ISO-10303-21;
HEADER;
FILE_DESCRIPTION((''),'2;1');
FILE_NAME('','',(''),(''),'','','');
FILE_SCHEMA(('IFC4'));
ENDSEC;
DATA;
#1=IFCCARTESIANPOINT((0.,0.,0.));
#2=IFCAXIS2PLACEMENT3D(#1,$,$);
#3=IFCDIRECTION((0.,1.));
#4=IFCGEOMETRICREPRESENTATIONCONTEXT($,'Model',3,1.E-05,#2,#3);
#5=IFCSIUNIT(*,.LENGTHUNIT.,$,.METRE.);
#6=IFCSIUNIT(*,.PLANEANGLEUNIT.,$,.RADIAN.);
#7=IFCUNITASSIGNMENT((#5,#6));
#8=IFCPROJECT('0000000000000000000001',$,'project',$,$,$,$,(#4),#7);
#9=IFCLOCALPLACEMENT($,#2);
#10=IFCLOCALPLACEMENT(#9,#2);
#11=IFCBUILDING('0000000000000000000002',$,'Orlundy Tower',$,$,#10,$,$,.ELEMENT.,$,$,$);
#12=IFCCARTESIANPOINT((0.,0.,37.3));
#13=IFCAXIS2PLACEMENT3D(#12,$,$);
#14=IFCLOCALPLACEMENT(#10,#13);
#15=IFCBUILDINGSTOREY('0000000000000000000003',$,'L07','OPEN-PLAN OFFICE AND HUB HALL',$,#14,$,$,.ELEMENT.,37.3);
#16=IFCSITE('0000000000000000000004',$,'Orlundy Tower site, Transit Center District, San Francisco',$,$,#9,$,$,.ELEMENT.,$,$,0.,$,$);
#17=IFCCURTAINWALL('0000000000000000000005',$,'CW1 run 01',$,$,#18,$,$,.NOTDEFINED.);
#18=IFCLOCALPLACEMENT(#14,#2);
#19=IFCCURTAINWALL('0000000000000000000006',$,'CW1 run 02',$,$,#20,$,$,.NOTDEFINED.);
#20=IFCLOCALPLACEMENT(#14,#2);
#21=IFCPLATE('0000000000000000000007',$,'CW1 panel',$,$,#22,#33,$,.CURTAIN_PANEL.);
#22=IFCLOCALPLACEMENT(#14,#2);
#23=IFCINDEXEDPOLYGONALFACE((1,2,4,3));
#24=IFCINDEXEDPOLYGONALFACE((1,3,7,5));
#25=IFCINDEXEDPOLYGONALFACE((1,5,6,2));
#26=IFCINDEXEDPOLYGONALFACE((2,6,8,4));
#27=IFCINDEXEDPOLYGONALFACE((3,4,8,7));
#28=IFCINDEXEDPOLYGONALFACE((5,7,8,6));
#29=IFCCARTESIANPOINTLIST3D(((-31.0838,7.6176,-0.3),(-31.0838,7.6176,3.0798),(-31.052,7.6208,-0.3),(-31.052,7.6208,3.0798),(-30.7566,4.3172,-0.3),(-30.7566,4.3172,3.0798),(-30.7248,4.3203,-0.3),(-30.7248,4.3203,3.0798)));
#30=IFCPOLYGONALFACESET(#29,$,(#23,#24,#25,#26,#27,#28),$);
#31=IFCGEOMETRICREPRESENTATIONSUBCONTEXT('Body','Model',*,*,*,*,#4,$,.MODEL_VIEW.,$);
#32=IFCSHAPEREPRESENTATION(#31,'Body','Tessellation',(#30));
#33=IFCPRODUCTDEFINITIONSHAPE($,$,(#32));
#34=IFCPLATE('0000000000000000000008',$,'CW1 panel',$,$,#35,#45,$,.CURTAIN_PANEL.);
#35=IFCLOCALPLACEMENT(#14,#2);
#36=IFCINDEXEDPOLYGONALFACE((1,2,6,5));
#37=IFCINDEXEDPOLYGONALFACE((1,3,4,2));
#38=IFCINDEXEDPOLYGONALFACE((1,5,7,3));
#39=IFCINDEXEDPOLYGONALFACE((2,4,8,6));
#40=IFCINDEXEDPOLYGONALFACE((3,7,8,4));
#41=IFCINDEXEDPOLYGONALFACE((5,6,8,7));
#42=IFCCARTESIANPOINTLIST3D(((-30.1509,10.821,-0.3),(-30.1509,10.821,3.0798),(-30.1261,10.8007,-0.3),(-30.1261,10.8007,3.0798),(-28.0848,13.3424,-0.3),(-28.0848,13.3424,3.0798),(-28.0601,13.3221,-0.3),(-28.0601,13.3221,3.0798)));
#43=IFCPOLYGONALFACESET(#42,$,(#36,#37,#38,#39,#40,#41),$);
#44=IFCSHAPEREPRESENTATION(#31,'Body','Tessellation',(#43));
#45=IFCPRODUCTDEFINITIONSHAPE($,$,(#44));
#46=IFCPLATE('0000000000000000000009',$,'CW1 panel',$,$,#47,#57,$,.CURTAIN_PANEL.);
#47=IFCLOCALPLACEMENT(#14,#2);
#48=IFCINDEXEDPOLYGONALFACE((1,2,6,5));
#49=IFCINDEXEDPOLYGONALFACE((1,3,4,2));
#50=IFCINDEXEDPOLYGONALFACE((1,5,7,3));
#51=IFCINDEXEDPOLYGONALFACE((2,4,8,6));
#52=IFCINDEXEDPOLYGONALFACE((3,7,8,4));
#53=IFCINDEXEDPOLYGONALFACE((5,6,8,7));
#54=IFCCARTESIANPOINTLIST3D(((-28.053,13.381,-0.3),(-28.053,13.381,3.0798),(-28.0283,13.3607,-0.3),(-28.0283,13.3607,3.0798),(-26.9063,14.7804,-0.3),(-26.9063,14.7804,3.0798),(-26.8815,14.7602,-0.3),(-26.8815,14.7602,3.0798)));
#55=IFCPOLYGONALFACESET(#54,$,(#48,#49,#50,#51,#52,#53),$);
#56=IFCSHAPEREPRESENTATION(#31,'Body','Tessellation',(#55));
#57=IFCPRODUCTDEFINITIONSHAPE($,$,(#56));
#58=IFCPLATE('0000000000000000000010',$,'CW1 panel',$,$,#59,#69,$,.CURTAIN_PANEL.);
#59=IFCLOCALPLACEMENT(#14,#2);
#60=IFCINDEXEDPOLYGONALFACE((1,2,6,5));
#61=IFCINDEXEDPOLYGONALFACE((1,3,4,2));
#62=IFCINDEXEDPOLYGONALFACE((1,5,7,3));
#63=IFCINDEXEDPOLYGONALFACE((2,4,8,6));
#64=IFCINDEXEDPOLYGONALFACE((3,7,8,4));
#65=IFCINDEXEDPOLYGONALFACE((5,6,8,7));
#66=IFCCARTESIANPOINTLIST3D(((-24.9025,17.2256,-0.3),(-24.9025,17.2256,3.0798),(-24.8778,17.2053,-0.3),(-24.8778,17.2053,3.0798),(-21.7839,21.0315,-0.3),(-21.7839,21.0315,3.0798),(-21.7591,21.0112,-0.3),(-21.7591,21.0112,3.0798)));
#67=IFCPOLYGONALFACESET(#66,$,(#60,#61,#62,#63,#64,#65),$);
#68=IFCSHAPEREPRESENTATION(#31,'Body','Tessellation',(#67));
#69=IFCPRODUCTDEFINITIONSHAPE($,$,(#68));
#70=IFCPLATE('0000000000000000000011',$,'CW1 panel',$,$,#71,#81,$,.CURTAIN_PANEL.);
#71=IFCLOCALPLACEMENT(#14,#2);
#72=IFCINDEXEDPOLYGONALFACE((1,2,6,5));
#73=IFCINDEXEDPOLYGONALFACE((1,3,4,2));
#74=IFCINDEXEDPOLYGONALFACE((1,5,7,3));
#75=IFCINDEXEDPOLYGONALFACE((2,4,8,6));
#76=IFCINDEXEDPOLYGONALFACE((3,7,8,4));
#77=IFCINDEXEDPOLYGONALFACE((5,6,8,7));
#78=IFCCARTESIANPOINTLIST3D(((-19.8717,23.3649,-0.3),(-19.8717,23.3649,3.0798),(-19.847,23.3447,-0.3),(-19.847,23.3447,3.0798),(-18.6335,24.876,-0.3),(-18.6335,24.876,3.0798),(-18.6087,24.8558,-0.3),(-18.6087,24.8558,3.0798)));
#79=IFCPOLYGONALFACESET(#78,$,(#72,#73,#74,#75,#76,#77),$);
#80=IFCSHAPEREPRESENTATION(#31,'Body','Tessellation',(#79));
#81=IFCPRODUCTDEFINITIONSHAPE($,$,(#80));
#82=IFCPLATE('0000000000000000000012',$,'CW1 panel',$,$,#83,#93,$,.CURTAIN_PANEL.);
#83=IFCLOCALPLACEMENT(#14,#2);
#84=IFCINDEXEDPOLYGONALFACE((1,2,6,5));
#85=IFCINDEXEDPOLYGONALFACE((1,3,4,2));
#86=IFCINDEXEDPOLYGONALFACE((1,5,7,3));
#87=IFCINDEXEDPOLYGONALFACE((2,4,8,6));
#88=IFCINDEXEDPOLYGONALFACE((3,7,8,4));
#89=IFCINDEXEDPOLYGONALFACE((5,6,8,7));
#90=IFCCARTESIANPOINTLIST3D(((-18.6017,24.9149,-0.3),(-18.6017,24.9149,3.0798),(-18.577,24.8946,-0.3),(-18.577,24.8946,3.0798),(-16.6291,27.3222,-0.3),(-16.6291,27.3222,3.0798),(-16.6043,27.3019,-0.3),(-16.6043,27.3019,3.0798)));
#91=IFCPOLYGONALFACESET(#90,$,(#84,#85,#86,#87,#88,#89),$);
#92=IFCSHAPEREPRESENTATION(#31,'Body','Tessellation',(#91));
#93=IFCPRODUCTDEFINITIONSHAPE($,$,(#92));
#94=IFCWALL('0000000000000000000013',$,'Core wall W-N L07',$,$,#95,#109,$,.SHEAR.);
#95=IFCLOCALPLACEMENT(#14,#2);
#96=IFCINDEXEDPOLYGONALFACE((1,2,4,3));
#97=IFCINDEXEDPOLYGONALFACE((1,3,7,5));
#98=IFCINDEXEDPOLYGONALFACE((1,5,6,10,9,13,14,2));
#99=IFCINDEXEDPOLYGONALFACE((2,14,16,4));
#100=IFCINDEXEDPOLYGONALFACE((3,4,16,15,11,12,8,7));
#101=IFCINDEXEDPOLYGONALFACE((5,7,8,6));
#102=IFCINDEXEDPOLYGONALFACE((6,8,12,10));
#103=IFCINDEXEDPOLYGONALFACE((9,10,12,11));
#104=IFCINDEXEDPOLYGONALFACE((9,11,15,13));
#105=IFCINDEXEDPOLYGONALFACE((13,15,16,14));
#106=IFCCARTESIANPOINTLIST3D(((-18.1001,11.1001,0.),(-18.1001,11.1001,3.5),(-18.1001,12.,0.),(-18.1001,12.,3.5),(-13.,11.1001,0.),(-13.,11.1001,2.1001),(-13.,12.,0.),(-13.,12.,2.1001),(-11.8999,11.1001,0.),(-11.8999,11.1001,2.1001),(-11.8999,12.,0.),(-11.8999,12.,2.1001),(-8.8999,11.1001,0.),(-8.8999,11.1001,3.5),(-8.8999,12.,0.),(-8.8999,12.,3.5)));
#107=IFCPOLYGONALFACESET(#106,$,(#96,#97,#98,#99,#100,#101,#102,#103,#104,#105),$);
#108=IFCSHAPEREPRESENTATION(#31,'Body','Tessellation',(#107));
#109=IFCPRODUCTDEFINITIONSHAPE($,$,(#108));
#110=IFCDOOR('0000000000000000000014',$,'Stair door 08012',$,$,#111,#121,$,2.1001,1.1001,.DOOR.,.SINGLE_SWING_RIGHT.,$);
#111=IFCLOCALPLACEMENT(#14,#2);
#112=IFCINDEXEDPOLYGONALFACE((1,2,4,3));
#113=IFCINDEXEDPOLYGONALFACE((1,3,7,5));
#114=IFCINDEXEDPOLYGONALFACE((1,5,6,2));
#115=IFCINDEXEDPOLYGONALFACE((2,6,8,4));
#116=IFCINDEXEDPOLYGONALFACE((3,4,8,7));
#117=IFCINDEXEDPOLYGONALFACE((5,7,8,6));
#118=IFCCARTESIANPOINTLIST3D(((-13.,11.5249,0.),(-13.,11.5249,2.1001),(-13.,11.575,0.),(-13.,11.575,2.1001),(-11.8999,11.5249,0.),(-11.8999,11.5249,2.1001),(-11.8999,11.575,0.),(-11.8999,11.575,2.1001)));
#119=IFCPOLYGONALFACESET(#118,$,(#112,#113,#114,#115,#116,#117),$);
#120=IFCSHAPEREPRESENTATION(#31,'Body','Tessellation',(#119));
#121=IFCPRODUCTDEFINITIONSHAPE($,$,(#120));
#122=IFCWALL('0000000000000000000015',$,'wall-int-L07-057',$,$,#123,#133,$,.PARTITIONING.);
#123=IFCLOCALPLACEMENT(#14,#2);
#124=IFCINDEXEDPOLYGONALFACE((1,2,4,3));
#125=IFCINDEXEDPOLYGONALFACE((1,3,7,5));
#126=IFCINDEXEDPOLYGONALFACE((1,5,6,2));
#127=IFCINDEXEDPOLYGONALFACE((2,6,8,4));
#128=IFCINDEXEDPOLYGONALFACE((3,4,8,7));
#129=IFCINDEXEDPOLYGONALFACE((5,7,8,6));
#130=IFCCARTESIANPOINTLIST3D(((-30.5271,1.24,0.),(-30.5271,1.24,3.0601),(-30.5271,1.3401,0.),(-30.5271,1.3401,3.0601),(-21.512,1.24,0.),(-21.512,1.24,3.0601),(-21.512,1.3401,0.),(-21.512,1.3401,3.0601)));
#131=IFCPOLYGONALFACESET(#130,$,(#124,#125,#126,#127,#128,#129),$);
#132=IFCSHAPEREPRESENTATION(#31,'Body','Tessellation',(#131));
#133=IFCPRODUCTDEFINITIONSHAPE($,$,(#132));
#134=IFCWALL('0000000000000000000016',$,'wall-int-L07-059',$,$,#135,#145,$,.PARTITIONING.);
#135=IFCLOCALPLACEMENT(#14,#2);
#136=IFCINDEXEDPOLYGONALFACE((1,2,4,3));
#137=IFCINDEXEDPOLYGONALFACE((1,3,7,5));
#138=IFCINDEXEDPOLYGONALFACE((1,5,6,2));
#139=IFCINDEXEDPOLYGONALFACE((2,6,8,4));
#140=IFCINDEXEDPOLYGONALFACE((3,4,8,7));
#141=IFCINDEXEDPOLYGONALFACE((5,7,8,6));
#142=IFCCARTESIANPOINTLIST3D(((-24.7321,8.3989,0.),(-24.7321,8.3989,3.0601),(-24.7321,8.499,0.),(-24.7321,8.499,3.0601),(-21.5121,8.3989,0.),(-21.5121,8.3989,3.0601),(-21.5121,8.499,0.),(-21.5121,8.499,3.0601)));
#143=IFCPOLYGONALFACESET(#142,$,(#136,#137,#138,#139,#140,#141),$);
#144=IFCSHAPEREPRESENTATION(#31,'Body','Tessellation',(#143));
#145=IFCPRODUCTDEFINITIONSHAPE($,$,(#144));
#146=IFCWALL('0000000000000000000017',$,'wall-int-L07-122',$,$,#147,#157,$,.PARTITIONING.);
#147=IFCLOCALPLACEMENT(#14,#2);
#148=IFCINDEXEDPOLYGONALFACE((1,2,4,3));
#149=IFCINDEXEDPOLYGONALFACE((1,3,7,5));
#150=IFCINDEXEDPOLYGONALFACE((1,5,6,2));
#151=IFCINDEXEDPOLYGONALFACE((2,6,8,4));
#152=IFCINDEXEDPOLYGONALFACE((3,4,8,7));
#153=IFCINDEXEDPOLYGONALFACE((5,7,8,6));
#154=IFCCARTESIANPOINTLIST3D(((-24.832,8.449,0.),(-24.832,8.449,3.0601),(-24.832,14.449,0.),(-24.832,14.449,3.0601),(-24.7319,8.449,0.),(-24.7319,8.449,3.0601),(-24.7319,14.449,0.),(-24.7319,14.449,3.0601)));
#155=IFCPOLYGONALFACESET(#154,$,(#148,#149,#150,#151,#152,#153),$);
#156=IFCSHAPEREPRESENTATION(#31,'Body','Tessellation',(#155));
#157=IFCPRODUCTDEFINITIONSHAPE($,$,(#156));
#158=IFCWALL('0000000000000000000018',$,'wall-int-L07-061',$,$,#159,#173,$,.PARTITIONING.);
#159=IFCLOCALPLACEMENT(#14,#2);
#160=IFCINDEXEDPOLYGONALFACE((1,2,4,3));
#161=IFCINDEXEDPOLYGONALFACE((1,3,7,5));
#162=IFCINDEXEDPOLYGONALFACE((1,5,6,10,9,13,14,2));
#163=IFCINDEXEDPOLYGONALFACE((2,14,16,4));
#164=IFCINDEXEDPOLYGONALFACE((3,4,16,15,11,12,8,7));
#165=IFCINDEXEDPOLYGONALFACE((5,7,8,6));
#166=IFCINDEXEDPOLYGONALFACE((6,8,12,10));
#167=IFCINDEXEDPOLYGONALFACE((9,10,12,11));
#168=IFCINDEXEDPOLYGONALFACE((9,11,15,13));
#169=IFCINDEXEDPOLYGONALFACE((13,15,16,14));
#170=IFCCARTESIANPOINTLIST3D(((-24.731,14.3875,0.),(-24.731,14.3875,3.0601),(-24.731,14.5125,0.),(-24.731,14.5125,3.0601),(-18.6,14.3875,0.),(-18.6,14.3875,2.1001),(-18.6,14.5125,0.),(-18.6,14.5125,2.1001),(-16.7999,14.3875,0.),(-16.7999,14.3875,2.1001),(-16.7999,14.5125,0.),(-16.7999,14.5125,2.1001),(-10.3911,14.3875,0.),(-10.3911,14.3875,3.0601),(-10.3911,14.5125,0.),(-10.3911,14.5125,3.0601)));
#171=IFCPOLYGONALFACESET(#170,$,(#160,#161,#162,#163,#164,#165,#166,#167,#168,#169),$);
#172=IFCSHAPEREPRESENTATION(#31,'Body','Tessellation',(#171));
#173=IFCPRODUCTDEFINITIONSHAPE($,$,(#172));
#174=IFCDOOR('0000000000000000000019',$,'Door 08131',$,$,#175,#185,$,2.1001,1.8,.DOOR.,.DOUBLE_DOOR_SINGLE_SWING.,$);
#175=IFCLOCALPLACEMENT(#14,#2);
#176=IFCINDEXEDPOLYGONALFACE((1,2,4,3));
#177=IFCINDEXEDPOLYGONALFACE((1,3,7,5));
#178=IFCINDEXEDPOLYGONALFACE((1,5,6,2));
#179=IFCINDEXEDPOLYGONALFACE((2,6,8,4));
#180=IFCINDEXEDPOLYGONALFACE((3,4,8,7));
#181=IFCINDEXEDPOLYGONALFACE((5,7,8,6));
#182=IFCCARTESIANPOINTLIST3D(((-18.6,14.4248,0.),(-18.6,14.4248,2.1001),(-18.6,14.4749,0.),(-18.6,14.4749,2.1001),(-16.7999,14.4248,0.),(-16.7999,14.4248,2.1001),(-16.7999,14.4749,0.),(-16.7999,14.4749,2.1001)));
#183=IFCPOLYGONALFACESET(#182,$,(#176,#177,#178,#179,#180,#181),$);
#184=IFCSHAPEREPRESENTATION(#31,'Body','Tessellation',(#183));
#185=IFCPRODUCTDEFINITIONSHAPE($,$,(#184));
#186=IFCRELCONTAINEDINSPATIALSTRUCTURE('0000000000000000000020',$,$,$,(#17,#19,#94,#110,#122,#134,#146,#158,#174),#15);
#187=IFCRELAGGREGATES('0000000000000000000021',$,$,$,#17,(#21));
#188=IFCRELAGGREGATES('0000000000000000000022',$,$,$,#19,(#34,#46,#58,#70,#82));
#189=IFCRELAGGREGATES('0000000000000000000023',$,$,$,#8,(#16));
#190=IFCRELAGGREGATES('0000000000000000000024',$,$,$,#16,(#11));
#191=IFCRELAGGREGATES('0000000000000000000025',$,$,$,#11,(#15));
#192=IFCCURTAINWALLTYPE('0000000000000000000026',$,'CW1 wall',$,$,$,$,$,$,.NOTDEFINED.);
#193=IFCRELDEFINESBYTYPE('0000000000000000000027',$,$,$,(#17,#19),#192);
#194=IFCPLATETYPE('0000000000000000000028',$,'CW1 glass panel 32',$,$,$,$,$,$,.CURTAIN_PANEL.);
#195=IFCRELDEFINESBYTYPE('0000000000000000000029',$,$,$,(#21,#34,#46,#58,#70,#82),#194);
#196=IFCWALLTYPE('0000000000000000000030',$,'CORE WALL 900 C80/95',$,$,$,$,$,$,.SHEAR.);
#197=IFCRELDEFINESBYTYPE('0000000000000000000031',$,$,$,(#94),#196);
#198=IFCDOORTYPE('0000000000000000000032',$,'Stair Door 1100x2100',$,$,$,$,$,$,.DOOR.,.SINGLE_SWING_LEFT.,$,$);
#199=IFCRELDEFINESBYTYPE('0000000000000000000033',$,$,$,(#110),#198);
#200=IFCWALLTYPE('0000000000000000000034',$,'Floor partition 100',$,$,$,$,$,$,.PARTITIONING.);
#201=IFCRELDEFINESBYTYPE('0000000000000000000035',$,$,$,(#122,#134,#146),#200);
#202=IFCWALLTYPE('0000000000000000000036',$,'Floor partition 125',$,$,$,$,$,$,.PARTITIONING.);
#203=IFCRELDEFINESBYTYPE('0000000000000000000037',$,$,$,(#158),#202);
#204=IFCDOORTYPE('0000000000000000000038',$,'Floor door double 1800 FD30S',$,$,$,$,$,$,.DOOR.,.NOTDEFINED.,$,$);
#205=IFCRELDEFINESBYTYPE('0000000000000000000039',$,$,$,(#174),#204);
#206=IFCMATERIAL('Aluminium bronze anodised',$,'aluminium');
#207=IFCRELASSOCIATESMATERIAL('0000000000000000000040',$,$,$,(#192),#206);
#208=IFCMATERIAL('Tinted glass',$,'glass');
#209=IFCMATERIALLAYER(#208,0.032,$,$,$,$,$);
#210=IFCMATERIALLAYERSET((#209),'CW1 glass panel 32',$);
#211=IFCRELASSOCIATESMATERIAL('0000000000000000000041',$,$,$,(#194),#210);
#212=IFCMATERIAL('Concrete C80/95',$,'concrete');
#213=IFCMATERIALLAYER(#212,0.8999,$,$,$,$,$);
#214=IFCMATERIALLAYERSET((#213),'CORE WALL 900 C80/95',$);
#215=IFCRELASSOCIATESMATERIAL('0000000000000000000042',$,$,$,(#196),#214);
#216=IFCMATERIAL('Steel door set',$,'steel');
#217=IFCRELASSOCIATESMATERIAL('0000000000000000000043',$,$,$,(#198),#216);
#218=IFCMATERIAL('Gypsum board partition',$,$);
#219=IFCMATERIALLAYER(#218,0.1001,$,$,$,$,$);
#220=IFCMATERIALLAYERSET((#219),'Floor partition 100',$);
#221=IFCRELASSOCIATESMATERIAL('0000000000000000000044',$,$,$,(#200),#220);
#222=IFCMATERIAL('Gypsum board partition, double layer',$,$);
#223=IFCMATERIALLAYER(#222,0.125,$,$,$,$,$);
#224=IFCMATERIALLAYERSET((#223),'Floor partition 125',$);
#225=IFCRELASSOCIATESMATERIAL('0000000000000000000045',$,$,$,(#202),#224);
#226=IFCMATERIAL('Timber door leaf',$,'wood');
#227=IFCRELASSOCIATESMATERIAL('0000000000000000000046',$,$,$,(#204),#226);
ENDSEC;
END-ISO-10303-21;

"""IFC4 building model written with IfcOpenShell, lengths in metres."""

from ifc_helpers import new_model, si_unit, direction, frame, frame_2d, origin, origin_2d, place, context, subcontext, project, spatial, rectangle, extrude, material, layer, layer_set, type_object, element, fill, aggregate, save


model = new_model("IFC4")

# Units and contexts
model_context = context("Model", 3, precision=1e-05, world=origin(), true_north=direction((0.0, 1.0)))
body_context = subcontext(model_context, "Body", "Model", "MODEL_VIEW")
ifc_project = project(units=[si_unit("LENGTHUNIT", "METRE"), si_unit("PLANEANGLEUNIT", "RADIAN")], contexts=[model_context])

# Site, building, storey
site_placement = place(None, origin())
site = spatial("IfcSite", under=ifc_project, at=site_placement, Name="Orlundy Tower site, Transit Center District, San Francisco", CompositionType="ELEMENT", RefElevation=0.0)
building_placement = place(site_placement, origin())
building = spatial("IfcBuilding", under=site, at=building_placement, Name="Orlundy Tower", CompositionType="ELEMENT")
storey_placement = place(building_placement, frame((0.0, 0.0, 37.3)))
storey = spatial("IfcBuildingStorey", under=building, at=storey_placement, Name="L07", Description="OPEN-PLAN OFFICE AND HUB HALL", CompositionType="ELEMENT", Elevation=37.3)

# Curtain wall
ifc_material_1 = material(Name="Aluminium bronze anodised", Category="aluminium")
curtain_wall_type = type_object("IfcCurtainWallType", Name="CW1 wall", PredefinedType="NOTDEFINED", material=ifc_material_1)
curtain_wall_1_placement = place(storey_placement, origin())
curtain_wall_1 = element("IfcCurtainWall", 1, at=curtain_wall_1_placement, inside=storey, type_object=curtain_wall_type, Name="CW1 run 01", PredefinedType="NOTDEFINED")

# Curtain wall
curtain_wall_2_placement = place(storey_placement, origin())
curtain_wall_2 = element("IfcCurtainWall", 2, at=curtain_wall_2_placement, inside=storey, type_object=curtain_wall_type, Name="CW1 run 02", PredefinedType="NOTDEFINED")

# Plates
ifc_material_2 = material(Name="Tinted glass", Category="glass")
ifc_layer_1 = layer(ifc_material_2, 0.032)
ifc_layer_set_1 = layer_set([ifc_layer_1], Name="CW1 glass panel 32")
plate_type = type_object("IfcPlateType", Name="CW1 glass panel 32", PredefinedType="CURTAIN_PANEL", material=ifc_layer_set_1)
plate_1_placement = place(storey_placement, frame((-30.9043, 5.969, -0.3), z_axis=(0.0, 0.0, 1.0), x_axis=(-0.098672, 0.99512, 0.0)))
plate_1 = element("IfcPlate", 3, at=plate_1_placement, type_object=plate_type, Name="CW1 panel", PredefinedType="CURTAIN_PANEL", context=body_context, shape_type="SweptSolid", body=[
    extrude(rectangle(XDim=3.3167, YDim=0.032, at=origin_2d()), origin(), (0.0, 0.0, 1.0), 3.3799),
])
aggregate(curtain_wall_1, [plate_1])
plate_2_placement = place(storey_placement, frame((-29.1055, 12.0715, -0.3), z_axis=(0.0, 0.0, 1.0), x_axis=(0.633818, 0.773482, 0.0)))
plate_2 = element("IfcPlate", 4, at=plate_2_placement, type_object=plate_type, Name="CW1 panel", PredefinedType="CURTAIN_PANEL", context=body_context, shape_type="SweptSolid", body=[
    extrude(rectangle(XDim=3.2598, YDim=0.032, at=origin_2d()), origin(), (0.0, 0.0, 1.0), 3.3799),
])
plate_3_placement = place(storey_placement, frame((-27.4673, 14.0706, -0.3), z_axis=(0.0, 0.0, 1.0), x_axis=(0.633818, 0.773482, 0.0)))
plate_3 = element("IfcPlate", 5, at=plate_3_placement, type_object=plate_type, Name="CW1 panel", PredefinedType="CURTAIN_PANEL", context=body_context, shape_type="SweptSolid", body=[
    extrude(rectangle(XDim=1.8093, YDim=0.032, at=origin_2d()), origin(), (0.0, 0.0, 1.0), 3.3799),
])
plate_4_placement = place(storey_placement, frame((-23.3308, 19.1184, -0.3), z_axis=(0.0, 0.0, 1.0), x_axis=(0.633818, 0.773482, 0.0)))
plate_4 = element("IfcPlate", 6, at=plate_4_placement, type_object=plate_type, Name="CW1 panel", PredefinedType="CURTAIN_PANEL", context=body_context, shape_type="SweptSolid", body=[
    extrude(rectangle(XDim=4.9204, YDim=0.032, at=origin_2d()), origin(), (0.0, 0.0, 1.0), 3.3799),
])
plate_5_placement = place(storey_placement, frame((-19.2402, 24.1104, -0.3), z_axis=(0.0, 0.0, 1.0), x_axis=(0.633818, 0.773482, 0.0)))
plate_5 = element("IfcPlate", 7, at=plate_5_placement, type_object=plate_type, Name="CW1 panel", PredefinedType="CURTAIN_PANEL", context=body_context, shape_type="SweptSolid", body=[
    extrude(rectangle(XDim=1.9536, YDim=0.032, at=origin_2d()), origin(), (0.0, 0.0, 1.0), 3.3799),
])
plate_6_placement = place(storey_placement, frame((-17.603, 26.1084, -0.3), z_axis=(0.0, 0.0, 1.0), x_axis=(0.633818, 0.773482, 0.0)))
plate_6 = element("IfcPlate", 8, at=plate_6_placement, type_object=plate_type, Name="CW1 panel", PredefinedType="CURTAIN_PANEL", context=body_context, shape_type="SweptSolid", body=[
    extrude(rectangle(XDim=3.1123, YDim=0.032, at=origin_2d()), origin(), (0.0, 0.0, 1.0), 3.3799),
])
aggregate(curtain_wall_2, [plate_2, plate_3, plate_4, plate_5, plate_6])

# Wall, opening, door
ifc_material_3 = material(Name="Concrete C80/95", Category="concrete")
ifc_layer_2 = layer(ifc_material_3, 0.8999)
ifc_layer_set_2 = layer_set([ifc_layer_2], Name="CORE WALL 900 C80/95")
wall_type_1 = type_object("IfcWallType", Name="CORE WALL 900 C80/95", PredefinedType="SHEAR", material=ifc_layer_set_2)
wall_1_placement = place(storey_placement, frame((-18.1001, 11.55, 0.0), z_axis=(0.0, 0.0, 1.0), x_axis=(1.0, 0.0, 0.0)))
wall_1 = element("IfcWall", 9, at=wall_1_placement, inside=storey, type_object=wall_type_1, Name="Core wall W-N L07", PredefinedType="SHEAR", context=body_context, shape_type="SweptSolid", body=[
    extrude(rectangle(XDim=9.2002, YDim=0.8999, at=frame_2d((4.6001, 0.0))), origin(), (0.0, 0.0, 1.0), 3.5),
])
opening_1_placement = place(wall_1_placement, frame((5.1001, 0.0, 0.0)))
opening_1 = element("IfcOpeningElement", 10, at=opening_1_placement, cuts=wall_1, PredefinedType="OPENING", context=body_context, shape_type="SweptSolid", body=[
    extrude(rectangle(XDim=1.1001, YDim=2.1001, at=frame_2d((0.55, 1.05))), frame((0.0, 0.46, 0.0), z_axis=(0.0, -1.0, 0.0), x_axis=(1.0, 0.0, 0.0)), (0.0, 0.0, 1.0), 0.9199),
])
ifc_material_4 = material(Name="Steel door set", Category="steel")
door_type_1 = type_object("IfcDoorType", Name="Stair Door 1100x2100", OperationType="SINGLE_SWING_LEFT", PredefinedType="DOOR", material=ifc_material_4)
door_1_placement = place(opening_1_placement, origin())
door_1 = element("IfcDoor", 11, at=door_1_placement, inside=storey, type_object=door_type_1, Name="Stair door 08012", OperationType="SINGLE_SWING_RIGHT", OverallHeight=2.1001, OverallWidth=1.1001, PredefinedType="DOOR", context=body_context, shape_type="SweptSolid", body=[
    extrude(rectangle(XDim=1.1001, YDim=2.1001, at=frame_2d((0.55, 1.05))), frame((0.0, 0.0249, 0.0), z_axis=(0.0, -1.0, 0.0), x_axis=(1.0, 0.0, 0.0)), (0.0, 0.0, 1.0), 0.05),
])
fill(opening_1, door_1)

# Walls
ifc_material_5 = material(Name="Gypsum board partition")
ifc_layer_3 = layer(ifc_material_5, 0.1001)
ifc_layer_set_3 = layer_set([ifc_layer_3], Name="Floor partition 100")
wall_type_2 = type_object("IfcWallType", Name="Floor partition 100", PredefinedType="PARTITIONING", material=ifc_layer_set_3)
wall_2_placement = place(storey_placement, frame((-30.5271, 1.29, 0.0), z_axis=(0.0, 0.0, 1.0), x_axis=(1.0, 0.0, 0.0)))
element("IfcWall", 12, at=wall_2_placement, inside=storey, type_object=wall_type_2, Name="wall-int-L07-057", PredefinedType="PARTITIONING", context=body_context, shape_type="SweptSolid", body=[
    extrude(rectangle(XDim=9.0151, YDim=0.1001, at=frame_2d((4.5076, 0.0))), origin(), (0.0, 0.0, 1.0), 3.0601),
])
wall_3_placement = place(storey_placement, frame((-24.7319, 8.449, 0.0), z_axis=(0.0, 0.0, 1.0), x_axis=(1.0, 0.0, 0.0)))
element("IfcWall", 13, at=wall_3_placement, inside=storey, type_object=wall_type_2, Name="wall-int-L07-059", PredefinedType="PARTITIONING", context=body_context, shape_type="SweptSolid", body=[
    extrude(rectangle(XDim=3.22, YDim=0.1001, at=frame_2d((1.6099, 0.0))), origin(), (0.0, 0.0, 1.0), 3.0601),
])
wall_4_placement = place(storey_placement, frame((-24.782, 8.449, 0.0), z_axis=(0.0, 0.0, 1.0), x_axis=(0.0, 1.0, 0.0)))
element("IfcWall", 14, at=wall_4_placement, inside=storey, type_object=wall_type_2, Name="wall-int-L07-122", PredefinedType="PARTITIONING", context=body_context, shape_type="SweptSolid", body=[
    extrude(rectangle(XDim=6.0, YDim=0.1001, at=frame_2d((3.0, 0.0))), origin(), (0.0, 0.0, 1.0), 3.0601),
])

# Wall, opening, door
ifc_material_6 = material(Name="Gypsum board partition, double layer")
ifc_layer_4 = layer(ifc_material_6, 0.125)
ifc_layer_set_4 = layer_set([ifc_layer_4], Name="Floor partition 125")
wall_type_3 = type_object("IfcWallType", Name="Floor partition 125", PredefinedType="PARTITIONING", material=ifc_layer_set_4)
wall_5_placement = place(storey_placement, frame((-24.731, 14.45, 0.0), z_axis=(0.0, 0.0, 1.0), x_axis=(1.0, 0.0, 0.0)))
wall_5 = element("IfcWall", 15, at=wall_5_placement, inside=storey, type_object=wall_type_3, Name="wall-int-L07-061", PredefinedType="PARTITIONING", context=body_context, shape_type="SweptSolid", body=[
    extrude(rectangle(XDim=14.3398, YDim=0.125, at=frame_2d((7.1699, 0.0))), origin(), (0.0, 0.0, 1.0), 3.0601),
])
opening_2_placement = place(wall_5_placement, frame((6.1311, 0.0, 0.0)))
opening_2 = element("IfcOpeningElement", 16, at=opening_2_placement, cuts=wall_5, PredefinedType="OPENING", context=body_context, shape_type="SweptSolid", body=[
    extrude(rectangle(XDim=1.8, YDim=2.1001, at=frame_2d((0.8999, 1.05))), frame((0.0, 0.0725, 0.0), z_axis=(0.0, -1.0, 0.0), x_axis=(1.0, 0.0, 0.0)), (0.0, 0.0, 1.0), 0.145),
])
ifc_material_7 = material(Name="Timber door leaf", Category="wood")
door_type_2 = type_object("IfcDoorType", Name="Floor door double 1800 FD30S", OperationType="NOTDEFINED", PredefinedType="DOOR", material=ifc_material_7)
door_2_placement = place(opening_2_placement, origin())
door_2 = element("IfcDoor", 17, at=door_2_placement, inside=storey, type_object=door_type_2, Name="Door 08131", OperationType="DOUBLE_DOOR_SINGLE_SWING", OverallHeight=2.1001, OverallWidth=1.8, PredefinedType="DOOR", context=body_context, shape_type="SweptSolid", body=[
    extrude(rectangle(XDim=1.8, YDim=2.1001, at=frame_2d((0.8999, 1.05))), frame((0.0, 0.0249, 0.0), z_axis=(0.0, -1.0, 0.0), x_axis=(1.0, 0.0, 0.0)), (0.0, 0.0, 1.0), 0.05),
])
fill(opening_2, door_2)

save(model, "model.ifc")
